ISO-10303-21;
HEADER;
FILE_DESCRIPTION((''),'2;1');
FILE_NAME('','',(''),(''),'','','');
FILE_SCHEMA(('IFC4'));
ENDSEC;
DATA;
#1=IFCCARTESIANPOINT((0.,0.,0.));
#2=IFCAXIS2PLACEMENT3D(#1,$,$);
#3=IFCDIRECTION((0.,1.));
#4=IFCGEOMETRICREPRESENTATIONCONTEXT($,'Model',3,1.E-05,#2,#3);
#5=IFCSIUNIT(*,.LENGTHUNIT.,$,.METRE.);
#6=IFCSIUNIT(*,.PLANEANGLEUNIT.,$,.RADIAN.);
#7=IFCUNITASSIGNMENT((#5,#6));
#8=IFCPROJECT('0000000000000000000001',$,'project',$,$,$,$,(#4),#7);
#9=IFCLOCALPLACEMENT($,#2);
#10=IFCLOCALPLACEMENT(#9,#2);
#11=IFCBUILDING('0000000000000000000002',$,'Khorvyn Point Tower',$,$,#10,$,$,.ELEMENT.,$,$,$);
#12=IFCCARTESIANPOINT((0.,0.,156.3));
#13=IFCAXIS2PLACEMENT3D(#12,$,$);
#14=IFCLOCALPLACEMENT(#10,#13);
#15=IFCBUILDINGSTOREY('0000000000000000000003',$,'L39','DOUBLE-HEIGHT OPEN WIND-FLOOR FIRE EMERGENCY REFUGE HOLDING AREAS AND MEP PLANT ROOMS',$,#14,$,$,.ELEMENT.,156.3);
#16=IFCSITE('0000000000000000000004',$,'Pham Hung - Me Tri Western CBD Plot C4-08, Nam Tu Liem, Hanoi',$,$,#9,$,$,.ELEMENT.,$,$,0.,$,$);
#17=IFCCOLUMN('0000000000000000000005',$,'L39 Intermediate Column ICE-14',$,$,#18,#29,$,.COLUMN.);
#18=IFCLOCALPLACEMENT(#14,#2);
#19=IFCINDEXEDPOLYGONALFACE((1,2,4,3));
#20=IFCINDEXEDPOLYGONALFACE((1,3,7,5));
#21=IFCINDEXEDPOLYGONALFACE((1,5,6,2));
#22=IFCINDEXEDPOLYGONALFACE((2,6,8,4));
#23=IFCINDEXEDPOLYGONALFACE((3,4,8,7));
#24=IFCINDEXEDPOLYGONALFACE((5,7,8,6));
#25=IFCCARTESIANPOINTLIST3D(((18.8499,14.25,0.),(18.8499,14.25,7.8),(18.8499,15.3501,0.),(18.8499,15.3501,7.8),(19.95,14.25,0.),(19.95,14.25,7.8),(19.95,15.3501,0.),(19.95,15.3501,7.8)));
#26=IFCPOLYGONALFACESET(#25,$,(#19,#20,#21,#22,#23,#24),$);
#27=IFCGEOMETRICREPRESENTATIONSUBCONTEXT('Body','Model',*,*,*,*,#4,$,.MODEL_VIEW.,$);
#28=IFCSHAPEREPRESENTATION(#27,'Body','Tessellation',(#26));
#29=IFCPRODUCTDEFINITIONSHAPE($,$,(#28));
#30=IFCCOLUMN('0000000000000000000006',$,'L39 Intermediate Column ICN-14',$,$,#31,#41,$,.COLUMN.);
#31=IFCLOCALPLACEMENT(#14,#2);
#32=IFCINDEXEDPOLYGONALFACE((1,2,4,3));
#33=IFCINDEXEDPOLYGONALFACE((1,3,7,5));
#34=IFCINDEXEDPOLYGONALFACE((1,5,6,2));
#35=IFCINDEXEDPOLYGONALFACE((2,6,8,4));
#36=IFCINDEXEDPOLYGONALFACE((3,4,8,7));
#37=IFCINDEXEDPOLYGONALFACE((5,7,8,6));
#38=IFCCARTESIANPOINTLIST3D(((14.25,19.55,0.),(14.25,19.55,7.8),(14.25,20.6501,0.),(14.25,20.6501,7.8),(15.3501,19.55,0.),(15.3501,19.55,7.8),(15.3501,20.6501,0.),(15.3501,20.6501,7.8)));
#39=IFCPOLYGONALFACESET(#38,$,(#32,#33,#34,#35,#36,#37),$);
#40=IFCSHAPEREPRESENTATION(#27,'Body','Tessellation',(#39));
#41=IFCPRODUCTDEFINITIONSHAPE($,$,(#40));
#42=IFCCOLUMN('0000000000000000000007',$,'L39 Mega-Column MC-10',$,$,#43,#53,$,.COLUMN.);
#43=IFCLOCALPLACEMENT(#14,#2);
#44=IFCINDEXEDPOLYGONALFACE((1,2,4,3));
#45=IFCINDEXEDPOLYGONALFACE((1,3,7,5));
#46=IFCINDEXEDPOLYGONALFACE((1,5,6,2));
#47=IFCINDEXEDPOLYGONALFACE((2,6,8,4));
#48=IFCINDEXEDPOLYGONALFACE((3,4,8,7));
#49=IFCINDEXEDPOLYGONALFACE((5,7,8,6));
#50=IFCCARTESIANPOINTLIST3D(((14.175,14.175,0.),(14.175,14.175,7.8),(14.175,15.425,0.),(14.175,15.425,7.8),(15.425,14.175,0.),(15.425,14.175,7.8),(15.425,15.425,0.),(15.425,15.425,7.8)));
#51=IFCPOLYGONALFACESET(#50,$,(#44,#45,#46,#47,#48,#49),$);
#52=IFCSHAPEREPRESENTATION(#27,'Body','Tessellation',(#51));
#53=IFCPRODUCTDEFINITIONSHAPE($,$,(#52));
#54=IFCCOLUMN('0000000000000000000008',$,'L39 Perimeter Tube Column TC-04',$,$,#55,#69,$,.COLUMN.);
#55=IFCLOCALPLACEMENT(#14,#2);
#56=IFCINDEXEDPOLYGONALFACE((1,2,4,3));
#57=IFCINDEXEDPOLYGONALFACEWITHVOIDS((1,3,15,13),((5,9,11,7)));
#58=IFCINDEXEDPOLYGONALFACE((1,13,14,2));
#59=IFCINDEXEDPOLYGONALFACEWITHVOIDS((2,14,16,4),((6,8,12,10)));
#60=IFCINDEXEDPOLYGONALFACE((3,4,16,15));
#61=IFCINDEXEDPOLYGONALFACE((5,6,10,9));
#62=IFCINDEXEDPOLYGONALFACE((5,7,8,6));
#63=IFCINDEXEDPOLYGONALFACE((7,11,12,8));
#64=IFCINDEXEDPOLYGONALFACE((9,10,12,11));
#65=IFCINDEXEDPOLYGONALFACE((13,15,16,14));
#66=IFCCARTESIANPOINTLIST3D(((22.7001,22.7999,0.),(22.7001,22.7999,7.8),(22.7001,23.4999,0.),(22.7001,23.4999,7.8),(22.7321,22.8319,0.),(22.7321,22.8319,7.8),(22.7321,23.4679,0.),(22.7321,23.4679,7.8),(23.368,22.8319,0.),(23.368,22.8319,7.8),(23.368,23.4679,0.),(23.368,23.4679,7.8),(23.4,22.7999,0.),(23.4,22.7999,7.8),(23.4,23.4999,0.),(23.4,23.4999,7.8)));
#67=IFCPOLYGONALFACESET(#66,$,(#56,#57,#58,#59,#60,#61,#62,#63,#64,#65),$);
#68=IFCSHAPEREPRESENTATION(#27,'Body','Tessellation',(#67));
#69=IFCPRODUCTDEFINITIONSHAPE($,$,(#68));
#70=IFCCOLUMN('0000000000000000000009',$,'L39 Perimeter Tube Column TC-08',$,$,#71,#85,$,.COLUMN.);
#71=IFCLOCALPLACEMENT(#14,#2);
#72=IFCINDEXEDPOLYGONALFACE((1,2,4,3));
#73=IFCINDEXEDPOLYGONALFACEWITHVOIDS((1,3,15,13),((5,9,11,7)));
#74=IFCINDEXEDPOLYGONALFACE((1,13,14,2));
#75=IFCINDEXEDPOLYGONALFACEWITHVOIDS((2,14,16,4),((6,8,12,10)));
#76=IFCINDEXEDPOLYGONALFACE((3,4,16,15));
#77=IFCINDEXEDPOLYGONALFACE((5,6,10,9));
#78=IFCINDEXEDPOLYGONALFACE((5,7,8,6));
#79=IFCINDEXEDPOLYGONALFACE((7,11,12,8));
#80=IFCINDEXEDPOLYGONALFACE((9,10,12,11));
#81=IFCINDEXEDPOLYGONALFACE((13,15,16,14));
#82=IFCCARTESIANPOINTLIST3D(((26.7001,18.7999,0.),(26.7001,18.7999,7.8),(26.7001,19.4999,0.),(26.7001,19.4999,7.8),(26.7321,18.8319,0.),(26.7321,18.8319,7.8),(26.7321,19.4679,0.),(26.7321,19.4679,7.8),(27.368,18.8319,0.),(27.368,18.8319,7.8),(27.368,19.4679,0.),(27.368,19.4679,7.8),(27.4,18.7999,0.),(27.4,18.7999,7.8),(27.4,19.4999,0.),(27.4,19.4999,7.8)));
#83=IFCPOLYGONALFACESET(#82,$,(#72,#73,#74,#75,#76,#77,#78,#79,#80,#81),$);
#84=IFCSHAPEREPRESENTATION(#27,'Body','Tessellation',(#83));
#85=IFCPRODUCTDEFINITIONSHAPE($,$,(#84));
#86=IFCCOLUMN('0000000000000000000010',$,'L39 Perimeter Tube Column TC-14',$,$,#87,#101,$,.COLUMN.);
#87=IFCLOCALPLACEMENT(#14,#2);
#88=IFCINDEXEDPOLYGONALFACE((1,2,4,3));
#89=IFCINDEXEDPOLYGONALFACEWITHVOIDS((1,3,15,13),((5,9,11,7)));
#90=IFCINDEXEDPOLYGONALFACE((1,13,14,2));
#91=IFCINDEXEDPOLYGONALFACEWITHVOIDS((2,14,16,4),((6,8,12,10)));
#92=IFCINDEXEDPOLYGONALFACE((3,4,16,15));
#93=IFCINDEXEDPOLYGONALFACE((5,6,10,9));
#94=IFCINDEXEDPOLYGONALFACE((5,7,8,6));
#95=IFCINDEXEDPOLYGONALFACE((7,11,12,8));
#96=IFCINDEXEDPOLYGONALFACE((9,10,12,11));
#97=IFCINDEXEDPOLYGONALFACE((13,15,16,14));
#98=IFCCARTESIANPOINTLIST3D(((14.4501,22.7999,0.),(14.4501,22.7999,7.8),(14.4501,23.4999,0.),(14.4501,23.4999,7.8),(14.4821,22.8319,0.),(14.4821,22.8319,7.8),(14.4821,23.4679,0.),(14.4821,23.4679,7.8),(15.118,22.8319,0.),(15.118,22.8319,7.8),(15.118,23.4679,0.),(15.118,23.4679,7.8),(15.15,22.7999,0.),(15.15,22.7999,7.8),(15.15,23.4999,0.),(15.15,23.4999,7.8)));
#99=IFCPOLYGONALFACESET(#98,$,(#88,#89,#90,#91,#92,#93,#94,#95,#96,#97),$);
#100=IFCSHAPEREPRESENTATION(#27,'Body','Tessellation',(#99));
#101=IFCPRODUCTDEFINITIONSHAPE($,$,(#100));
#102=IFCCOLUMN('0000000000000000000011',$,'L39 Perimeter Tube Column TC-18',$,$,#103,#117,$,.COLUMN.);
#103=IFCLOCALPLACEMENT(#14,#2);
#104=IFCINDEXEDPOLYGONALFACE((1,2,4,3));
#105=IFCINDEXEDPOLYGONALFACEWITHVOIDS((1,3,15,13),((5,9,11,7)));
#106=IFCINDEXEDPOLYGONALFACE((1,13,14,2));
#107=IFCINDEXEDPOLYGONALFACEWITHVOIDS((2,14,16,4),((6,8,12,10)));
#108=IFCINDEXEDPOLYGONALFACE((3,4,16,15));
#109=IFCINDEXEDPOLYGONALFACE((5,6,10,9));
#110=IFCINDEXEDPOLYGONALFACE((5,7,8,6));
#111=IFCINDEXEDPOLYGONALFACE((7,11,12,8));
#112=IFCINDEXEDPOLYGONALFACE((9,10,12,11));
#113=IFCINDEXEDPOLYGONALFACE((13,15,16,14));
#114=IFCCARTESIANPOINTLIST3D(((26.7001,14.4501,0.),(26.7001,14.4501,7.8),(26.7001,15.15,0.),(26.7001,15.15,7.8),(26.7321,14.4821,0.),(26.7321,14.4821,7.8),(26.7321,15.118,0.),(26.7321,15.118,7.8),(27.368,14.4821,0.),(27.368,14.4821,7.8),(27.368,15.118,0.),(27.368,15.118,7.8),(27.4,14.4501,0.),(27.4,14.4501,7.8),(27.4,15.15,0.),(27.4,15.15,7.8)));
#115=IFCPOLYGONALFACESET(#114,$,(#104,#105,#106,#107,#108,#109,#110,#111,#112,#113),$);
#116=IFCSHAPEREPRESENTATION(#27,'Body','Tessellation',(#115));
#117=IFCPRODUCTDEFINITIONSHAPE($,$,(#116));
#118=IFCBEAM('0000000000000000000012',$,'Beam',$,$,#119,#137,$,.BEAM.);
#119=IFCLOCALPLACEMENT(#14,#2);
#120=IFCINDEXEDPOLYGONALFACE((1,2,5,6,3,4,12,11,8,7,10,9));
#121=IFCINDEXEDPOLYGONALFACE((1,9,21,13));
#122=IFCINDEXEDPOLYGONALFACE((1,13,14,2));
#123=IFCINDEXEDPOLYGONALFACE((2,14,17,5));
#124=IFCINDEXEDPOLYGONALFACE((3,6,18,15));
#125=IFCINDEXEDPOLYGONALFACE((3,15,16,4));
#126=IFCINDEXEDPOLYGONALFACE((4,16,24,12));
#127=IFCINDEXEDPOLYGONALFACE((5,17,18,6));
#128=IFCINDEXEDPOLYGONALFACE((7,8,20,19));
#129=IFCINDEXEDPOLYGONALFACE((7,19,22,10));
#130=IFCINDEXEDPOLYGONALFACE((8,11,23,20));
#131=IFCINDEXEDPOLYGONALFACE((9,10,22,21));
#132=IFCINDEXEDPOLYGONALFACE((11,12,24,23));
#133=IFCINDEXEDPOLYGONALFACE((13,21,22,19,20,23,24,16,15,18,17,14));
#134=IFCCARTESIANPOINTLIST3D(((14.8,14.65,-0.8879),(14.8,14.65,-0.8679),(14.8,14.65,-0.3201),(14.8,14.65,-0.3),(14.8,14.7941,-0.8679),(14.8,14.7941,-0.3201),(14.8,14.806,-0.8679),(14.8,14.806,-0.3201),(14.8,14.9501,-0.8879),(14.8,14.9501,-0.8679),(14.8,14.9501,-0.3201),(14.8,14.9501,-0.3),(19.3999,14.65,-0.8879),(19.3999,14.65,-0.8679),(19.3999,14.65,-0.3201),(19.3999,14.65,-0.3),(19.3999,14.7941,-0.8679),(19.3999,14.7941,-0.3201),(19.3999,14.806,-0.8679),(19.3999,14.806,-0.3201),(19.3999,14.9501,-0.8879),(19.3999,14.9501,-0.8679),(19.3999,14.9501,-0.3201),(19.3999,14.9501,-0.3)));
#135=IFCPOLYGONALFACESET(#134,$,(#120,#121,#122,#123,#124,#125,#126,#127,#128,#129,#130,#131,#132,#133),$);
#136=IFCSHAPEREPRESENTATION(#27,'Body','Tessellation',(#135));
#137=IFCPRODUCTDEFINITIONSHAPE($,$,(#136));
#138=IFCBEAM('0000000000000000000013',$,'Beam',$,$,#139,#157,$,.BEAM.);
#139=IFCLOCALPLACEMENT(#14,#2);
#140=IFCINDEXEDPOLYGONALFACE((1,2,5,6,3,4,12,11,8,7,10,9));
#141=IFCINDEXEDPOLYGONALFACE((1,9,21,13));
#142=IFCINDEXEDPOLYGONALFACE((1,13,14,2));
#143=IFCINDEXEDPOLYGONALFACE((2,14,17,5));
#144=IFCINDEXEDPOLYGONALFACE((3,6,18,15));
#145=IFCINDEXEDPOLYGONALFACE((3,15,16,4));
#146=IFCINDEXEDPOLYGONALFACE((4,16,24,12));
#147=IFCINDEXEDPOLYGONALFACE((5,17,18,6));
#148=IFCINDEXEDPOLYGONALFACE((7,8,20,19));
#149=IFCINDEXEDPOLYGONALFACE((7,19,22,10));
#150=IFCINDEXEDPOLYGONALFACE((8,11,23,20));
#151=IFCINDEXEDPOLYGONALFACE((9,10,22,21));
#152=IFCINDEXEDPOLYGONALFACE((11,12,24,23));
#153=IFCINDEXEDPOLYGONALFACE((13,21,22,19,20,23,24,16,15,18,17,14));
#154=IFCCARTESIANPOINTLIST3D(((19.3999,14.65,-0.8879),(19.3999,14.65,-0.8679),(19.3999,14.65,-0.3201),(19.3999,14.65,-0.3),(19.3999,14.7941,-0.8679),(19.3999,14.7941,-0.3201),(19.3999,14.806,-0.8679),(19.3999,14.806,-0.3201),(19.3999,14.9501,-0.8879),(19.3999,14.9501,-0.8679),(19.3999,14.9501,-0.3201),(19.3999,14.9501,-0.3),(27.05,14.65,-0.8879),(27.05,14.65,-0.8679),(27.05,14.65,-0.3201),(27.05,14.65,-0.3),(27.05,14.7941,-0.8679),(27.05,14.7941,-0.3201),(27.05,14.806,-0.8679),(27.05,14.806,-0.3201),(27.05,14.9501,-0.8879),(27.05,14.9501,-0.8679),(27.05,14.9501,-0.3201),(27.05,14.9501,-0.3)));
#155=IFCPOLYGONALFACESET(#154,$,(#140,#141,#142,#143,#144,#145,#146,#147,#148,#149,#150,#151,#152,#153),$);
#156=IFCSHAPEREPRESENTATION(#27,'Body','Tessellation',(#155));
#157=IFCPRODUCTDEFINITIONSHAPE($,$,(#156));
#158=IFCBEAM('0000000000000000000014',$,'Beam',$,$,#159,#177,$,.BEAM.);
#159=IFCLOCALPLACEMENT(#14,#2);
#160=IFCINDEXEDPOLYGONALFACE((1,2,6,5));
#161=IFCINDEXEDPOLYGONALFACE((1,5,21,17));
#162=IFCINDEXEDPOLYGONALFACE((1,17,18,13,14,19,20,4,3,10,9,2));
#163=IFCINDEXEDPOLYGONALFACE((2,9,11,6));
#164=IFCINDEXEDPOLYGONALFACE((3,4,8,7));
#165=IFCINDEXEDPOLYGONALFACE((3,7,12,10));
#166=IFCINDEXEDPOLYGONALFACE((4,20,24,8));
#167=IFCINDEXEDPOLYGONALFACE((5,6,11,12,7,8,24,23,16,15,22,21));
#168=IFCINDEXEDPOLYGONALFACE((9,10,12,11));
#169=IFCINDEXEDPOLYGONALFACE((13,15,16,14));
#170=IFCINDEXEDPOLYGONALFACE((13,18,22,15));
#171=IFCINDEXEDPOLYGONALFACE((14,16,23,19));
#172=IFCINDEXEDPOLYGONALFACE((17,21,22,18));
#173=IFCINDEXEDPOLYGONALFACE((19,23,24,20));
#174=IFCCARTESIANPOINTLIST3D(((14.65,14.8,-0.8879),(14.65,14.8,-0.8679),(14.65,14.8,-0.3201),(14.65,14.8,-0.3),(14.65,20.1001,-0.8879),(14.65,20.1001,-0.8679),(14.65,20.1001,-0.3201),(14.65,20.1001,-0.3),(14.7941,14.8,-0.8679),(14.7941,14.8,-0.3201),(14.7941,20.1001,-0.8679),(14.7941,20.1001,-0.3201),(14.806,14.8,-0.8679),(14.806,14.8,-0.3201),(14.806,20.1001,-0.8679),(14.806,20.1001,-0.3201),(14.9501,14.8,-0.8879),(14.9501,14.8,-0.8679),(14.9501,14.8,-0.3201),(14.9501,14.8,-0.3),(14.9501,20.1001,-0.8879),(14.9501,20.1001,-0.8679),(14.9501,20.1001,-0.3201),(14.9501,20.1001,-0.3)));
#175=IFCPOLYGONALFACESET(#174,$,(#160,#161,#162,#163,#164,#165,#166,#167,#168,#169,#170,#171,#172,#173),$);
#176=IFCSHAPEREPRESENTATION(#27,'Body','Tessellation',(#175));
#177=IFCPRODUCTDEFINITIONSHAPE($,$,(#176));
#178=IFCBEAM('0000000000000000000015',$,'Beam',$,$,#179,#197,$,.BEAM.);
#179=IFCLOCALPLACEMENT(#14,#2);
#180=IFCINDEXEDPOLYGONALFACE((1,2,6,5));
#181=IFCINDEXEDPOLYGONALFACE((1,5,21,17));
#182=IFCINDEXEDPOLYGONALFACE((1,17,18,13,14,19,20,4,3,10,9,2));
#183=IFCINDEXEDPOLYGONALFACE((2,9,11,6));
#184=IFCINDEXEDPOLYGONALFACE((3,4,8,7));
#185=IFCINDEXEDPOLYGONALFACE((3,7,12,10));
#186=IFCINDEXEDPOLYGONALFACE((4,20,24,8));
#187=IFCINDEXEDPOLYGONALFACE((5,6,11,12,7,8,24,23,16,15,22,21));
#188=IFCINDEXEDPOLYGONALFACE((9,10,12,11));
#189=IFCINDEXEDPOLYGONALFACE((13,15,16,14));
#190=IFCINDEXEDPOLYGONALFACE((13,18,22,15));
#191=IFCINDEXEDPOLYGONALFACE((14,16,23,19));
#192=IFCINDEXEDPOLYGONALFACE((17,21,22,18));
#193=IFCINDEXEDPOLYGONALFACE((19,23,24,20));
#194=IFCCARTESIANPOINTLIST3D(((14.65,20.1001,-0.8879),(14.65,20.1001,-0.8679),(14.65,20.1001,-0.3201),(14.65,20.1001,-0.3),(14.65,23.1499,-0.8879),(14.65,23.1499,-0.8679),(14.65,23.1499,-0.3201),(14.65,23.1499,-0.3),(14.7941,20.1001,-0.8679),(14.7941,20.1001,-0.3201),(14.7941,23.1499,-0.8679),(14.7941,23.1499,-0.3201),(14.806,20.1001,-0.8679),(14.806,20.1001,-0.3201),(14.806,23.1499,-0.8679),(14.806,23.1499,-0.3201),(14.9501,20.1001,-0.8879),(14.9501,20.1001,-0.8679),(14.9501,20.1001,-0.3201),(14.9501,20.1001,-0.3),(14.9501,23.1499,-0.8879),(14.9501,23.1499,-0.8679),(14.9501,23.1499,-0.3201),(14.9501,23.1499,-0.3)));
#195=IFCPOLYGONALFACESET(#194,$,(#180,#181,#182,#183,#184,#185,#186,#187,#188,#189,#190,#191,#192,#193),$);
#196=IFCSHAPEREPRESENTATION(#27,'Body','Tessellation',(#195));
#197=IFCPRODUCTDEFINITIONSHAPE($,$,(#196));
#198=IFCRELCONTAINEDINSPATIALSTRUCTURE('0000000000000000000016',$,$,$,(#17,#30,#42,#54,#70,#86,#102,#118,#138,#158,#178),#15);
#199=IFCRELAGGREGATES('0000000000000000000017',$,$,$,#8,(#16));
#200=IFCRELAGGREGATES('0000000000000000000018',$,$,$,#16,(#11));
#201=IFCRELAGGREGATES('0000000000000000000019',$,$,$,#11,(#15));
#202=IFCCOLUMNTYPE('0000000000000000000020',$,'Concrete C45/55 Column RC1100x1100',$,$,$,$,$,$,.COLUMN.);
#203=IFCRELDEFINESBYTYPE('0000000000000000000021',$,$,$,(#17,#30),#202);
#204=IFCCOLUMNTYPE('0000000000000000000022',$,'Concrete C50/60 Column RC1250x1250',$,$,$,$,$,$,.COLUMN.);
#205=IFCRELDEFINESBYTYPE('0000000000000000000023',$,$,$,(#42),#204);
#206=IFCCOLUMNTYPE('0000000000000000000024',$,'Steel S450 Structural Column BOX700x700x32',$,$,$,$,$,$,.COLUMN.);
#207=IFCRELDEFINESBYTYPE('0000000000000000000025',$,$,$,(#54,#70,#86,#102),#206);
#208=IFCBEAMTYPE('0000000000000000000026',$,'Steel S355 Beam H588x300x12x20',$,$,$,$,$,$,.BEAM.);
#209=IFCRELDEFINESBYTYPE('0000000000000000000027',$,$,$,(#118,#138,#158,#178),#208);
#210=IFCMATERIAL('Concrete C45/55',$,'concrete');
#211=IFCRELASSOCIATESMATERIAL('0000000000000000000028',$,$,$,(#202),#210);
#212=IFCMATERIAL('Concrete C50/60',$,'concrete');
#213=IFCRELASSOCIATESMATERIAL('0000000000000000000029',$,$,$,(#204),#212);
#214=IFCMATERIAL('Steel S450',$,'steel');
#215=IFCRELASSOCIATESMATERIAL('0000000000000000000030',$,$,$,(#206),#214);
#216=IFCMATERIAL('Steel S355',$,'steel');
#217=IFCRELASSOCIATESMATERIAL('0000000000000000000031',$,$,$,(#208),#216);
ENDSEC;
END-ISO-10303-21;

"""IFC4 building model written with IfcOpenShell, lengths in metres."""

from ifc_helpers import new_model, si_unit, direction, frame, origin, origin_2d, place, context, subcontext, project, spatial, rectangle, hollow_rectangle, i_section, extrude, material, material_profile, profile_set, type_object, element, save


model = new_model("IFC4")

# Units and contexts
model_context = context("Model", 3, precision=1e-05, world=origin(), true_north=direction((0.0, 1.0)))
body_context = subcontext(model_context, "Body", "Model", "MODEL_VIEW")
ifc_project = project(units=[si_unit("LENGTHUNIT", "METRE"), si_unit("PLANEANGLEUNIT", "RADIAN")], contexts=[model_context])

# Site, building, storey
site_placement = place(None, origin())
site = spatial("IfcSite", under=ifc_project, at=site_placement, Name="Pham Hung - Me Tri Western CBD Plot C4-08, Nam Tu Liem, Hanoi", CompositionType="ELEMENT", RefElevation=0.0)
building_placement = place(site_placement, origin())
building = spatial("IfcBuilding", under=site, at=building_placement, Name="Khorvyn Point Tower", CompositionType="ELEMENT")
storey_placement = place(building_placement, frame((0.0, 0.0, 156.3)))
storey = spatial("IfcBuildingStorey", under=building, at=storey_placement, Name="L39", Description="DOUBLE-HEIGHT OPEN WIND-FLOOR FIRE EMERGENCY REFUGE HOLDING AREAS AND MEP PLANT ROOMS", CompositionType="ELEMENT", Elevation=156.3)

# Columns
ifc_material_1 = material(Name="Concrete C45/55", Category="concrete")
ifc_material_profile_1 = material_profile(ifc_material_1, rectangle(XDim=1.1001, YDim=1.1001, at=origin_2d()))
ifc_profile_set_1 = profile_set([ifc_material_profile_1], Name="Concrete C45/55 RC1100x1100")
column_type_1 = type_object("IfcColumnType", Name="Concrete C45/55 Column RC1100x1100", PredefinedType="COLUMN", material=ifc_profile_set_1)
for number, where, z_axis, x_axis, name in (
    (1, (19.3999, 14.8, 0.0), (0.0, 0.0, 1.0), (1.0, 0.0, 0.0), "L39 Intermediate Column ICE-14"),
    (2, (14.8, 20.1001, 0.0), (0.0, 0.0, 1.0), (1.0, 0.0, 0.0), "L39 Intermediate Column ICN-14"),
):
    element("IfcColumn", number, at=place(storey_placement, frame(where, z_axis=z_axis, x_axis=x_axis)), inside=storey, type_object=column_type_1, Name=name, PredefinedType="COLUMN", context=body_context, shape_type="SweptSolid", body=[
        extrude(rectangle(XDim=1.1001, YDim=1.1001, at=origin_2d()), origin(), (0.0, 0.0, 1.0), 7.8),
    ])
ifc_material_2 = material(Name="Concrete C50/60", Category="concrete")
ifc_material_profile_2 = material_profile(ifc_material_2, rectangle(XDim=1.25, YDim=1.25, at=origin_2d()))
ifc_profile_set_2 = profile_set([ifc_material_profile_2], Name="Concrete C50/60 RC1250x1250")
column_type_2 = type_object("IfcColumnType", Name="Concrete C50/60 Column RC1250x1250", PredefinedType="COLUMN", material=ifc_profile_set_2)
column_placement = place(storey_placement, frame((14.8, 14.8, 0.0), z_axis=(0.0, 0.0, 1.0), x_axis=(1.0, 0.0, 0.0)))
element("IfcColumn", 3, at=column_placement, inside=storey, type_object=column_type_2, Name="L39 Mega-Column MC-10", PredefinedType="COLUMN", context=body_context, shape_type="SweptSolid", body=[
    extrude(rectangle(XDim=1.25, YDim=1.25, at=origin_2d()), origin(), (0.0, 0.0, 1.0), 7.8),
])
ifc_material_3 = material(Name="Steel S450", Category="steel")
ifc_material_profile_3 = material_profile(ifc_material_3, hollow_rectangle(XDim=0.7, YDim=0.7, WallThickness=0.032, at=origin_2d()))
ifc_profile_set_3 = profile_set([ifc_material_profile_3], Name="Steel S450 BOX700x700x32")
column_type_3 = type_object("IfcColumnType", Name="Steel S450 Structural Column BOX700x700x32", PredefinedType="COLUMN", material=ifc_profile_set_3)
for number, where, z_axis, x_axis, name in (
    (4, (23.05, 23.1499, 0.0), (0.0, 0.0, 1.0), (1.0, 0.0, 0.0), "L39 Perimeter Tube Column TC-04"),
    (5, (27.05, 19.1499, 0.0), (0.0, 0.0, 1.0), (1.0, 0.0, 0.0), "L39 Perimeter Tube Column TC-08"),
    (6, (14.8, 23.1499, 0.0), (0.0, 0.0, 1.0), (1.0, 0.0, 0.0), "L39 Perimeter Tube Column TC-14"),
    (7, (27.05, 14.8, 0.0), (0.0, 0.0, 1.0), (1.0, 0.0, 0.0), "L39 Perimeter Tube Column TC-18"),
):
    element("IfcColumn", number, at=place(storey_placement, frame(where, z_axis=z_axis, x_axis=x_axis)), inside=storey, type_object=column_type_3, Name=name, PredefinedType="COLUMN", context=body_context, shape_type="SweptSolid", body=[
        extrude(hollow_rectangle(XDim=0.7, YDim=0.7, WallThickness=0.032, at=origin_2d()), origin(), (0.0, 0.0, 1.0), 7.8),
    ])

# Beams
ifc_material_4 = material(Name="Steel S355", Category="steel")
ifc_material_profile_4 = material_profile(ifc_material_4, i_section(OverallWidth=0.3, OverallDepth=0.5879, WebThickness=0.012, FlangeThickness=0.02, at=origin_2d()))
ifc_profile_set_4 = profile_set([ifc_material_profile_4], Name="Steel S355 H588x300x12x20")
beam_type_1 = type_object("IfcBeamType", Name="Steel S355 Beam H588x300x12x20", PredefinedType="BEAM", material=ifc_profile_set_4)
beam_1_placement = place(storey_placement, frame((14.8, 14.8, -0.594), z_axis=(1.0, 0.0, 0.0), x_axis=(0.0, 1.0, 0.0)))
element("IfcBeam", 8, at=beam_1_placement, inside=storey, type_object=beam_type_1, Name="Beam", PredefinedType="BEAM", context=body_context, shape_type="SweptSolid", body=[
    extrude(i_section(OverallWidth=0.3, OverallDepth=0.5879, WebThickness=0.012, FlangeThickness=0.02, at=origin_2d()), origin(), (0.0, 0.0, 1.0), 4.5999),
])
beam_2_placement = place(storey_placement, frame((19.3999, 14.8, -0.594), z_axis=(1.0, 0.0, 0.0), x_axis=(0.0, 1.0, 0.0)))
element("IfcBeam", 9, at=beam_2_placement, inside=storey, type_object=beam_type_1, Name="Beam", PredefinedType="BEAM", context=body_context, shape_type="SweptSolid", body=[
    extrude(i_section(OverallWidth=0.3, OverallDepth=0.5879, WebThickness=0.012, FlangeThickness=0.02, at=origin_2d()), origin(), (0.0, 0.0, 1.0), 7.6501),
])
beam_3_placement = place(storey_placement, frame((14.8, 14.8, -0.594), z_axis=(0.0, 1.0, 0.0), x_axis=(-1.0, 0.0, 0.0)))
element("IfcBeam", 10, at=beam_3_placement, inside=storey, type_object=beam_type_1, Name="Beam", PredefinedType="BEAM", context=body_context, shape_type="SweptSolid", body=[
    extrude(i_section(OverallWidth=0.3, OverallDepth=0.5879, WebThickness=0.012, FlangeThickness=0.02, at=origin_2d()), origin(), (0.0, 0.0, 1.0), 5.3),
])
beam_4_placement = place(storey_placement, frame((14.8, 20.1001, -0.594), z_axis=(0.0, 1.0, 0.0), x_axis=(-1.0, 0.0, 0.0)))
element("IfcBeam", 11, at=beam_4_placement, inside=storey, type_object=beam_type_1, Name="Beam", PredefinedType="BEAM", context=body_context, shape_type="SweptSolid", body=[
    extrude(i_section(OverallWidth=0.3, OverallDepth=0.5879, WebThickness=0.012, FlangeThickness=0.02, at=origin_2d()), origin(), (0.0, 0.0, 1.0), 3.0498),
])

save(model, "model.ifc")
